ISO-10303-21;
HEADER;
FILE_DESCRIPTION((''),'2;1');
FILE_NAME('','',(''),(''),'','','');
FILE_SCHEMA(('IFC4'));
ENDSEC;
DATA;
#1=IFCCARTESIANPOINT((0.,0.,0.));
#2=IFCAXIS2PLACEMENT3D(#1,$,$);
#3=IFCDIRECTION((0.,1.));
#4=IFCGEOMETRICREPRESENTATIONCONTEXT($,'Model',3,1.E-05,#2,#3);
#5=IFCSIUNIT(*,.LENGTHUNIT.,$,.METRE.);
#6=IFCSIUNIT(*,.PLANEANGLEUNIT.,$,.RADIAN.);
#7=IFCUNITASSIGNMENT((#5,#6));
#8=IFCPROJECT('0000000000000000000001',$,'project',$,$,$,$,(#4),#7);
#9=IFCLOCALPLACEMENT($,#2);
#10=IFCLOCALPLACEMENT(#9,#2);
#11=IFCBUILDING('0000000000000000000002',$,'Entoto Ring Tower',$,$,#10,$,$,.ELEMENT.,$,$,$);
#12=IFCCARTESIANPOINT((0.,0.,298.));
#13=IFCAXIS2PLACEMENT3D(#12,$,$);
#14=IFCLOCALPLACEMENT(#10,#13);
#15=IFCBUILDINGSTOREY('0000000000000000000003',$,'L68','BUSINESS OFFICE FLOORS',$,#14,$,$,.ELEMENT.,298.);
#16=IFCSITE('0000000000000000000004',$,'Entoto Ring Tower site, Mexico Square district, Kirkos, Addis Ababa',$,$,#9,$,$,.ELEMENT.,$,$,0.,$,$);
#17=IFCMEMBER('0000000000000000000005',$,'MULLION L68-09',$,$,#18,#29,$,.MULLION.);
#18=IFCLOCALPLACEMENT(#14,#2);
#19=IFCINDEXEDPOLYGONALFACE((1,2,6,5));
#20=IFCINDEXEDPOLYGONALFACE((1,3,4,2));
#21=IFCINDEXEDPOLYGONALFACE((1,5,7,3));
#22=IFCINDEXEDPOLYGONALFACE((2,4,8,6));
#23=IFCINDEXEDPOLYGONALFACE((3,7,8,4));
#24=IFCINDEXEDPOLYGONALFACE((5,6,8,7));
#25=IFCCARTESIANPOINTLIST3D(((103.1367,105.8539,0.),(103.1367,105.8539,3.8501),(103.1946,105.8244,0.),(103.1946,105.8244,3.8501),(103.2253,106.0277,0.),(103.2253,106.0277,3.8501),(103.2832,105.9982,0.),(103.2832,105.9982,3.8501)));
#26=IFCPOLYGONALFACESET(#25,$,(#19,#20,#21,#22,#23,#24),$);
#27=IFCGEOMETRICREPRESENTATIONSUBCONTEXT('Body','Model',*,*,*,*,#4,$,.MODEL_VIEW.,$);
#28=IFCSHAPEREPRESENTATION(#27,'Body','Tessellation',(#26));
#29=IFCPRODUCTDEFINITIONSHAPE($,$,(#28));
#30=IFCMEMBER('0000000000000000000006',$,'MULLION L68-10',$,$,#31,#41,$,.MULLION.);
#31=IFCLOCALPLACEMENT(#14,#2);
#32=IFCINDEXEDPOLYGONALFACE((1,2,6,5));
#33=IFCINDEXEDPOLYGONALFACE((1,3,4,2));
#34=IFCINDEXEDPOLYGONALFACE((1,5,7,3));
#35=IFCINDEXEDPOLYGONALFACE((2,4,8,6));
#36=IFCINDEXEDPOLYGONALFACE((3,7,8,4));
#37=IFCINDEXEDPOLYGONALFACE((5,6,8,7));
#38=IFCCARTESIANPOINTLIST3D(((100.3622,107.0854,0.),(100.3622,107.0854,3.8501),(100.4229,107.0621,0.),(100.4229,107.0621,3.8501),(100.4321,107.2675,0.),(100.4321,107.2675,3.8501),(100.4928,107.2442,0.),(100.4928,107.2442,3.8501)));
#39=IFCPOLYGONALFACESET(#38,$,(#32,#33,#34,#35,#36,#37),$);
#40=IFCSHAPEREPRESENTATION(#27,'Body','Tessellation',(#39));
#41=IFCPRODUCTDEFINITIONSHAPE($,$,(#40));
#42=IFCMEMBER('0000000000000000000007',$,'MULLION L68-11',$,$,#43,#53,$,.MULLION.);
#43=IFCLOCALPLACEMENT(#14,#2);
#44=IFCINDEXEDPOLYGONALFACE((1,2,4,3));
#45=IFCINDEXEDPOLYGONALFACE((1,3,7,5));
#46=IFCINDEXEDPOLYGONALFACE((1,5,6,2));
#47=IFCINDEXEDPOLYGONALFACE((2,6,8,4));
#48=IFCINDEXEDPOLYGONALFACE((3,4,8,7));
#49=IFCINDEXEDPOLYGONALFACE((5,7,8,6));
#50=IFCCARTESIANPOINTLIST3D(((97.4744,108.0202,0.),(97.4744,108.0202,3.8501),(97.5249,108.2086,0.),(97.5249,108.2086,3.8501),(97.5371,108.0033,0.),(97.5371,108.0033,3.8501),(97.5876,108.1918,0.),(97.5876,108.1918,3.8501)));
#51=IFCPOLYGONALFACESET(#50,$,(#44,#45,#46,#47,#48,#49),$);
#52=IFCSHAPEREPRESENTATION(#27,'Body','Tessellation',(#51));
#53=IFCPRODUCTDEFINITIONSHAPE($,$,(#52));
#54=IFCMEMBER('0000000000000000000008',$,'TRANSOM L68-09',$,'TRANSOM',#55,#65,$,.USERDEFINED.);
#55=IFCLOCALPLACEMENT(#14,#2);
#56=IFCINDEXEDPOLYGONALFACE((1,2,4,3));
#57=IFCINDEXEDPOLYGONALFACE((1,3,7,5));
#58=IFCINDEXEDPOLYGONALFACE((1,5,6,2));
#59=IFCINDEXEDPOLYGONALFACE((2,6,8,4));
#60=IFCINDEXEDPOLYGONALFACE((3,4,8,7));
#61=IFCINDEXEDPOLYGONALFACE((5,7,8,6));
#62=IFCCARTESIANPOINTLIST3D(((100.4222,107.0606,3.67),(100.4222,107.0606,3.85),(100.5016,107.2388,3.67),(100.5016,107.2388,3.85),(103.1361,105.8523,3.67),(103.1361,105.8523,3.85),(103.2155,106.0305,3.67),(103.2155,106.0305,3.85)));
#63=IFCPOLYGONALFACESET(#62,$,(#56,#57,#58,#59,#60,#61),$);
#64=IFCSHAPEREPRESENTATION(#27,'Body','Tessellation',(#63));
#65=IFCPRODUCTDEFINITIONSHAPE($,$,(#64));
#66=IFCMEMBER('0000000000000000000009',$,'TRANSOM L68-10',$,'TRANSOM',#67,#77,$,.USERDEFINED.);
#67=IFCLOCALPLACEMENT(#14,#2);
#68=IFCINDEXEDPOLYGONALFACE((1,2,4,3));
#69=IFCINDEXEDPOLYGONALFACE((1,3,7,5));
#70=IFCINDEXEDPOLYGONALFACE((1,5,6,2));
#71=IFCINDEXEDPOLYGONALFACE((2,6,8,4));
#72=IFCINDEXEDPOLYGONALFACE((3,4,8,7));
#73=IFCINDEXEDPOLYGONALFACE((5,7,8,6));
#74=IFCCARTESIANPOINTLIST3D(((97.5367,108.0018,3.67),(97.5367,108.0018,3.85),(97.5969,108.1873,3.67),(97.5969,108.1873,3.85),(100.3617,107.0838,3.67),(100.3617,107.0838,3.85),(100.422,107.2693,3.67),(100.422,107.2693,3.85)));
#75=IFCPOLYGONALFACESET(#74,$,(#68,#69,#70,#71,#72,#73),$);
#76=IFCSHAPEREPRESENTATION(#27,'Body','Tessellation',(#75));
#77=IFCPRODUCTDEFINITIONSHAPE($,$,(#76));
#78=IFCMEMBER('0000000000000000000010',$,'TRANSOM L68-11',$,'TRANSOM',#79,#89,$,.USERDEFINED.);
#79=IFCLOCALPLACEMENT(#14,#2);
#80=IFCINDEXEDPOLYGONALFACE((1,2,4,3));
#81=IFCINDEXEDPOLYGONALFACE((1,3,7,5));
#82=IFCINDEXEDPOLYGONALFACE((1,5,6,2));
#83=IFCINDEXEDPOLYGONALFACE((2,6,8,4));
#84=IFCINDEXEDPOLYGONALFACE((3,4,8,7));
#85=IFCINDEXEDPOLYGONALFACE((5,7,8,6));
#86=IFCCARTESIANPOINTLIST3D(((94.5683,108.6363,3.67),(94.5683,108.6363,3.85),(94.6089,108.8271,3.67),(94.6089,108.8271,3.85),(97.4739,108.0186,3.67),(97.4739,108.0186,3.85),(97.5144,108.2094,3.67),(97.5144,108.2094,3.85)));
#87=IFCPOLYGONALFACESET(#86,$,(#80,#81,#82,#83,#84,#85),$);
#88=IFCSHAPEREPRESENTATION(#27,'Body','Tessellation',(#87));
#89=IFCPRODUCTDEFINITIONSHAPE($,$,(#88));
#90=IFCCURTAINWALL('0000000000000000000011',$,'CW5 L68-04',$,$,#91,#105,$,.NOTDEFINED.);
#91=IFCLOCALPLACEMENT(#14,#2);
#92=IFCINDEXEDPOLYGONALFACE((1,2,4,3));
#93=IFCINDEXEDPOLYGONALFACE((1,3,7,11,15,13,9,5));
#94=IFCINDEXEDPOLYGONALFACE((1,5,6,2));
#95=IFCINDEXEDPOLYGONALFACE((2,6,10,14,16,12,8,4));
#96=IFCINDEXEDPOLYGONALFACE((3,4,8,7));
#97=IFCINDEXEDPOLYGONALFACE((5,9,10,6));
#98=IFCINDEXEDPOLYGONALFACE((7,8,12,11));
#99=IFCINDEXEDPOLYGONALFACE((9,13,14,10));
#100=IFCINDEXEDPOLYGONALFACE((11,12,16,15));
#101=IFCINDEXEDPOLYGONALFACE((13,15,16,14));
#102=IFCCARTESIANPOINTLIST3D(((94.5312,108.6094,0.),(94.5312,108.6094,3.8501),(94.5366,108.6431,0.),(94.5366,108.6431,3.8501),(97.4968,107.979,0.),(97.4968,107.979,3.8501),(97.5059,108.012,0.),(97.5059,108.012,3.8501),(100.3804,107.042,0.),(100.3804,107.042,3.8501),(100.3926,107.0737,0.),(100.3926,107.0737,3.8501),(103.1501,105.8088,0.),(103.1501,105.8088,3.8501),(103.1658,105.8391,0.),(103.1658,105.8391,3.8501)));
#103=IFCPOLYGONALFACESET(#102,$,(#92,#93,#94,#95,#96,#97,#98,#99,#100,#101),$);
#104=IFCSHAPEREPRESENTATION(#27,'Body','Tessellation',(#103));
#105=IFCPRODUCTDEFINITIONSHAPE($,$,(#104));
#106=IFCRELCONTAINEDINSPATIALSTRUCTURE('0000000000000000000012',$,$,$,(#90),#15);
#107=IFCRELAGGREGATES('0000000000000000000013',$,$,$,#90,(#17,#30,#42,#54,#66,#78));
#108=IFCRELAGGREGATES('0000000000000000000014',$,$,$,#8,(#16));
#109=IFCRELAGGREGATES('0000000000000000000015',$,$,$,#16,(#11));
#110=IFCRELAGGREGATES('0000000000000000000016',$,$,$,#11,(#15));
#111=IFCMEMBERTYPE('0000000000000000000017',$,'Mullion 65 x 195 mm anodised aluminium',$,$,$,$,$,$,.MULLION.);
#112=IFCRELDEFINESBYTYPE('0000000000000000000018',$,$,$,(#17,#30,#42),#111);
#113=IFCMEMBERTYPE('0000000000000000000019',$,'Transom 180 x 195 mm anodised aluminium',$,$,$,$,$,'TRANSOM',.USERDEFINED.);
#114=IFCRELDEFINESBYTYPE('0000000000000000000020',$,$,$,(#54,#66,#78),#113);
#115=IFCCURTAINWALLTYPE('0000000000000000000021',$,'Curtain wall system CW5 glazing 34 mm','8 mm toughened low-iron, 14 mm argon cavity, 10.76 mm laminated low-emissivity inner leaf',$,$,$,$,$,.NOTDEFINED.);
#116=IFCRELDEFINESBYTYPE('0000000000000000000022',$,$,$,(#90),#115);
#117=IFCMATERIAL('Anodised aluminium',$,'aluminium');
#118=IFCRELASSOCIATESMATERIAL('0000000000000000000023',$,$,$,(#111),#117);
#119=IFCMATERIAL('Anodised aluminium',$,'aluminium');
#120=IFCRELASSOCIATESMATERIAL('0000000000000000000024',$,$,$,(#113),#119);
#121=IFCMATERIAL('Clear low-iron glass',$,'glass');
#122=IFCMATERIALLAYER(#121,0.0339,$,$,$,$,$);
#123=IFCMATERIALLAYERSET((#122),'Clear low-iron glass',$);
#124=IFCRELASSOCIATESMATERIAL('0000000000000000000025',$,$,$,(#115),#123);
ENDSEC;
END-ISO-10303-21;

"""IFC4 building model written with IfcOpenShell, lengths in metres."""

from ifc_helpers import new_model, si_unit, direction, frame, origin, origin_2d, place, context, subcontext, project, spatial, polyline, rectangle, outline, extrude, material, layer, layer_set, material_profile, profile_set, type_object, element, aggregate, save


model = new_model("IFC4")

# Units and contexts
model_context = context("Model", 3, precision=1e-05, world=origin(), true_north=direction((0.0, 1.0)))
body_context = subcontext(model_context, "Body", "Model", "MODEL_VIEW")
ifc_project = project(units=[si_unit("LENGTHUNIT", "METRE"), si_unit("PLANEANGLEUNIT", "RADIAN")], contexts=[model_context])

# Members
ifc_material_1 = material(Name="Anodised aluminium", Category="aluminium")
ifc_material_profile_1 = material_profile(ifc_material_1, rectangle(XDim=0.0649, YDim=0.1951, at=origin_2d()), Name="Mullion 65 x 195 mm anodised aluminium")
ifc_profile_set_1 = profile_set([ifc_material_profile_1], Name="Anodised aluminium")
member_type_1 = type_object("IfcMemberType", Name="Mullion 65 x 195 mm anodised aluminium", PredefinedType="MULLION", material=ifc_profile_set_1)
site_placement = place(None, origin())
building_placement = place(site_placement, origin())
storey_placement = place(building_placement, frame((0.0, 0.0, 298.0)))
member_1_placement = place(storey_placement, frame((103.21, 105.926, 0.0), z_axis=(0.0, 0.0, 1.0), x_axis=(-0.891007, 0.45399, 0.0)))
member_1 = element("IfcMember", 1, at=member_1_placement, type_object=member_type_1, Name="MULLION L68-09", PredefinedType="MULLION", context=body_context, shape_type="SweptSolid", body=[
    extrude(rectangle(XDim=0.0649, YDim=0.1951, at=origin_2d()), origin(), (0.0, 0.0, 1.0), 3.8501),
])
member_2_placement = place(storey_placement, frame((100.4275, 107.1648, 0.0), z_axis=(0.0, 0.0, 1.0), x_axis=(-0.93358, 0.358368, 0.0)))
member_2 = element("IfcMember", 2, at=member_2_placement, type_object=member_type_1, Name="MULLION L68-10", PredefinedType="MULLION", context=body_context, shape_type="SweptSolid", body=[
    extrude(rectangle(XDim=0.0649, YDim=0.1951, at=origin_2d()), origin(), (0.0, 0.0, 1.0), 3.8501),
])
member_3_placement = place(storey_placement, frame((97.531, 108.106, 0.0), z_axis=(0.0, 0.0, 1.0), x_axis=(-0.965926, 0.258819, 0.0)))
member_3 = element("IfcMember", 3, at=member_3_placement, type_object=member_type_1, Name="MULLION L68-11", PredefinedType="MULLION", context=body_context, shape_type="SweptSolid", body=[
    extrude(rectangle(XDim=0.0649, YDim=0.1951, at=origin_2d()), origin(), (0.0, 0.0, 1.0), 3.8501),
])
ifc_material_2 = material(Name="Anodised aluminium", Category="aluminium")
ifc_material_profile_2 = material_profile(ifc_material_2, rectangle(XDim=0.1951, YDim=0.1799, at=origin_2d()), Name="Transom 180 x 195 mm anodised aluminium")
ifc_profile_set_2 = profile_set([ifc_material_profile_2], Name="Anodised aluminium")
member_type_2 = type_object("IfcMemberType", Name="Transom 180 x 195 mm anodised aluminium", ElementType="TRANSOM", PredefinedType="USERDEFINED", material=ifc_profile_set_2)
member_4_placement = place(storey_placement, frame((103.1758, 105.9414, 3.76), z_axis=(-0.91355, 0.406726, 0.0), x_axis=(-0.406726, -0.91355, 0.0)))
member_4 = element("IfcMember", 4, at=member_4_placement, type_object=member_type_2, Name="TRANSOM L68-09", ObjectType="TRANSOM", PredefinedType="USERDEFINED", context=body_context, shape_type="SweptSolid", body=[
    extrude(rectangle(XDim=0.1951, YDim=0.1799, at=origin_2d()), origin(), (0.0, 0.0, 1.0), 2.9707),
])
member_5_placement = place(storey_placement, frame((100.3918, 107.1765, 3.76), z_axis=(-0.951048, 0.309043, 0.0), x_axis=(-0.309043, -0.951048, 0.0)))
member_5 = element("IfcMember", 5, at=member_5_placement, type_object=member_type_2, Name="TRANSOM L68-10", ObjectType="TRANSOM", PredefinedType="USERDEFINED", context=body_context, shape_type="SweptSolid", body=[
    extrude(rectangle(XDim=0.1951, YDim=0.1799, at=origin_2d()), origin(), (0.0, 0.0, 1.0), 2.9705),
])
member_6_placement = place(storey_placement, frame((97.4941, 108.114, 3.76), z_axis=(-0.978142, 0.20794, 0.0), x_axis=(-0.20794, -0.978142, 0.0)))
member_6 = element("IfcMember", 6, at=member_6_placement, type_object=member_type_2, Name="TRANSOM L68-11", ObjectType="TRANSOM", PredefinedType="USERDEFINED", context=body_context, shape_type="SweptSolid", body=[
    extrude(rectangle(XDim=0.1951, YDim=0.1799, at=origin_2d()), origin(), (0.0, 0.0, 1.0), 2.9705),
])

# Site, building, storey
site = spatial("IfcSite", under=ifc_project, at=site_placement, Name="Entoto Ring Tower site, Mexico Square district, Kirkos, Addis Ababa", CompositionType="ELEMENT", RefElevation=0.0)
building = spatial("IfcBuilding", under=site, at=building_placement, Name="Entoto Ring Tower", CompositionType="ELEMENT")
storey = spatial("IfcBuildingStorey", under=building, at=storey_placement, Name="L68", Description="BUSINESS OFFICE FLOORS", CompositionType="ELEMENT", Elevation=298.0)

# Curtain wall
ifc_material_3 = material(Name="Clear low-iron glass", Category="glass")
ifc_layer = layer(ifc_material_3, 0.0339)
ifc_layer_set = layer_set([ifc_layer], Name="Clear low-iron glass")
curtain_wall_type = type_object("IfcCurtainWallType", Name="Curtain wall system CW5 glazing 34 mm", Description="8 mm toughened low-iron, 14 mm argon cavity, 10.76 mm laminated low-emissivity inner leaf", PredefinedType="NOTDEFINED", material=ifc_layer_set)
curtain_wall_1_placement = place(storey_placement, origin())
curtain_wall_1 = element("IfcCurtainWall", 7, at=curtain_wall_1_placement, inside=storey, type_object=curtain_wall_type, Name="CW5 L68-04", PredefinedType="NOTDEFINED", context=body_context, shape_type="SweptSolid", body=[
    extrude(outline(polyline([(103.1658, 105.8391), (100.3926, 107.0737), (97.5059, 108.012), (94.5366, 108.6431), (94.5312, 108.6094), (97.4968, 107.979), (100.3804, 107.042), (103.1501, 105.8088), (103.1658, 105.8391)])), origin(), (0.0, 0.0, 1.0), 3.8501),
])
aggregate(curtain_wall_1, [member_1, member_2, member_3, member_4, member_5, member_6])

save(model, "model.ifc")
